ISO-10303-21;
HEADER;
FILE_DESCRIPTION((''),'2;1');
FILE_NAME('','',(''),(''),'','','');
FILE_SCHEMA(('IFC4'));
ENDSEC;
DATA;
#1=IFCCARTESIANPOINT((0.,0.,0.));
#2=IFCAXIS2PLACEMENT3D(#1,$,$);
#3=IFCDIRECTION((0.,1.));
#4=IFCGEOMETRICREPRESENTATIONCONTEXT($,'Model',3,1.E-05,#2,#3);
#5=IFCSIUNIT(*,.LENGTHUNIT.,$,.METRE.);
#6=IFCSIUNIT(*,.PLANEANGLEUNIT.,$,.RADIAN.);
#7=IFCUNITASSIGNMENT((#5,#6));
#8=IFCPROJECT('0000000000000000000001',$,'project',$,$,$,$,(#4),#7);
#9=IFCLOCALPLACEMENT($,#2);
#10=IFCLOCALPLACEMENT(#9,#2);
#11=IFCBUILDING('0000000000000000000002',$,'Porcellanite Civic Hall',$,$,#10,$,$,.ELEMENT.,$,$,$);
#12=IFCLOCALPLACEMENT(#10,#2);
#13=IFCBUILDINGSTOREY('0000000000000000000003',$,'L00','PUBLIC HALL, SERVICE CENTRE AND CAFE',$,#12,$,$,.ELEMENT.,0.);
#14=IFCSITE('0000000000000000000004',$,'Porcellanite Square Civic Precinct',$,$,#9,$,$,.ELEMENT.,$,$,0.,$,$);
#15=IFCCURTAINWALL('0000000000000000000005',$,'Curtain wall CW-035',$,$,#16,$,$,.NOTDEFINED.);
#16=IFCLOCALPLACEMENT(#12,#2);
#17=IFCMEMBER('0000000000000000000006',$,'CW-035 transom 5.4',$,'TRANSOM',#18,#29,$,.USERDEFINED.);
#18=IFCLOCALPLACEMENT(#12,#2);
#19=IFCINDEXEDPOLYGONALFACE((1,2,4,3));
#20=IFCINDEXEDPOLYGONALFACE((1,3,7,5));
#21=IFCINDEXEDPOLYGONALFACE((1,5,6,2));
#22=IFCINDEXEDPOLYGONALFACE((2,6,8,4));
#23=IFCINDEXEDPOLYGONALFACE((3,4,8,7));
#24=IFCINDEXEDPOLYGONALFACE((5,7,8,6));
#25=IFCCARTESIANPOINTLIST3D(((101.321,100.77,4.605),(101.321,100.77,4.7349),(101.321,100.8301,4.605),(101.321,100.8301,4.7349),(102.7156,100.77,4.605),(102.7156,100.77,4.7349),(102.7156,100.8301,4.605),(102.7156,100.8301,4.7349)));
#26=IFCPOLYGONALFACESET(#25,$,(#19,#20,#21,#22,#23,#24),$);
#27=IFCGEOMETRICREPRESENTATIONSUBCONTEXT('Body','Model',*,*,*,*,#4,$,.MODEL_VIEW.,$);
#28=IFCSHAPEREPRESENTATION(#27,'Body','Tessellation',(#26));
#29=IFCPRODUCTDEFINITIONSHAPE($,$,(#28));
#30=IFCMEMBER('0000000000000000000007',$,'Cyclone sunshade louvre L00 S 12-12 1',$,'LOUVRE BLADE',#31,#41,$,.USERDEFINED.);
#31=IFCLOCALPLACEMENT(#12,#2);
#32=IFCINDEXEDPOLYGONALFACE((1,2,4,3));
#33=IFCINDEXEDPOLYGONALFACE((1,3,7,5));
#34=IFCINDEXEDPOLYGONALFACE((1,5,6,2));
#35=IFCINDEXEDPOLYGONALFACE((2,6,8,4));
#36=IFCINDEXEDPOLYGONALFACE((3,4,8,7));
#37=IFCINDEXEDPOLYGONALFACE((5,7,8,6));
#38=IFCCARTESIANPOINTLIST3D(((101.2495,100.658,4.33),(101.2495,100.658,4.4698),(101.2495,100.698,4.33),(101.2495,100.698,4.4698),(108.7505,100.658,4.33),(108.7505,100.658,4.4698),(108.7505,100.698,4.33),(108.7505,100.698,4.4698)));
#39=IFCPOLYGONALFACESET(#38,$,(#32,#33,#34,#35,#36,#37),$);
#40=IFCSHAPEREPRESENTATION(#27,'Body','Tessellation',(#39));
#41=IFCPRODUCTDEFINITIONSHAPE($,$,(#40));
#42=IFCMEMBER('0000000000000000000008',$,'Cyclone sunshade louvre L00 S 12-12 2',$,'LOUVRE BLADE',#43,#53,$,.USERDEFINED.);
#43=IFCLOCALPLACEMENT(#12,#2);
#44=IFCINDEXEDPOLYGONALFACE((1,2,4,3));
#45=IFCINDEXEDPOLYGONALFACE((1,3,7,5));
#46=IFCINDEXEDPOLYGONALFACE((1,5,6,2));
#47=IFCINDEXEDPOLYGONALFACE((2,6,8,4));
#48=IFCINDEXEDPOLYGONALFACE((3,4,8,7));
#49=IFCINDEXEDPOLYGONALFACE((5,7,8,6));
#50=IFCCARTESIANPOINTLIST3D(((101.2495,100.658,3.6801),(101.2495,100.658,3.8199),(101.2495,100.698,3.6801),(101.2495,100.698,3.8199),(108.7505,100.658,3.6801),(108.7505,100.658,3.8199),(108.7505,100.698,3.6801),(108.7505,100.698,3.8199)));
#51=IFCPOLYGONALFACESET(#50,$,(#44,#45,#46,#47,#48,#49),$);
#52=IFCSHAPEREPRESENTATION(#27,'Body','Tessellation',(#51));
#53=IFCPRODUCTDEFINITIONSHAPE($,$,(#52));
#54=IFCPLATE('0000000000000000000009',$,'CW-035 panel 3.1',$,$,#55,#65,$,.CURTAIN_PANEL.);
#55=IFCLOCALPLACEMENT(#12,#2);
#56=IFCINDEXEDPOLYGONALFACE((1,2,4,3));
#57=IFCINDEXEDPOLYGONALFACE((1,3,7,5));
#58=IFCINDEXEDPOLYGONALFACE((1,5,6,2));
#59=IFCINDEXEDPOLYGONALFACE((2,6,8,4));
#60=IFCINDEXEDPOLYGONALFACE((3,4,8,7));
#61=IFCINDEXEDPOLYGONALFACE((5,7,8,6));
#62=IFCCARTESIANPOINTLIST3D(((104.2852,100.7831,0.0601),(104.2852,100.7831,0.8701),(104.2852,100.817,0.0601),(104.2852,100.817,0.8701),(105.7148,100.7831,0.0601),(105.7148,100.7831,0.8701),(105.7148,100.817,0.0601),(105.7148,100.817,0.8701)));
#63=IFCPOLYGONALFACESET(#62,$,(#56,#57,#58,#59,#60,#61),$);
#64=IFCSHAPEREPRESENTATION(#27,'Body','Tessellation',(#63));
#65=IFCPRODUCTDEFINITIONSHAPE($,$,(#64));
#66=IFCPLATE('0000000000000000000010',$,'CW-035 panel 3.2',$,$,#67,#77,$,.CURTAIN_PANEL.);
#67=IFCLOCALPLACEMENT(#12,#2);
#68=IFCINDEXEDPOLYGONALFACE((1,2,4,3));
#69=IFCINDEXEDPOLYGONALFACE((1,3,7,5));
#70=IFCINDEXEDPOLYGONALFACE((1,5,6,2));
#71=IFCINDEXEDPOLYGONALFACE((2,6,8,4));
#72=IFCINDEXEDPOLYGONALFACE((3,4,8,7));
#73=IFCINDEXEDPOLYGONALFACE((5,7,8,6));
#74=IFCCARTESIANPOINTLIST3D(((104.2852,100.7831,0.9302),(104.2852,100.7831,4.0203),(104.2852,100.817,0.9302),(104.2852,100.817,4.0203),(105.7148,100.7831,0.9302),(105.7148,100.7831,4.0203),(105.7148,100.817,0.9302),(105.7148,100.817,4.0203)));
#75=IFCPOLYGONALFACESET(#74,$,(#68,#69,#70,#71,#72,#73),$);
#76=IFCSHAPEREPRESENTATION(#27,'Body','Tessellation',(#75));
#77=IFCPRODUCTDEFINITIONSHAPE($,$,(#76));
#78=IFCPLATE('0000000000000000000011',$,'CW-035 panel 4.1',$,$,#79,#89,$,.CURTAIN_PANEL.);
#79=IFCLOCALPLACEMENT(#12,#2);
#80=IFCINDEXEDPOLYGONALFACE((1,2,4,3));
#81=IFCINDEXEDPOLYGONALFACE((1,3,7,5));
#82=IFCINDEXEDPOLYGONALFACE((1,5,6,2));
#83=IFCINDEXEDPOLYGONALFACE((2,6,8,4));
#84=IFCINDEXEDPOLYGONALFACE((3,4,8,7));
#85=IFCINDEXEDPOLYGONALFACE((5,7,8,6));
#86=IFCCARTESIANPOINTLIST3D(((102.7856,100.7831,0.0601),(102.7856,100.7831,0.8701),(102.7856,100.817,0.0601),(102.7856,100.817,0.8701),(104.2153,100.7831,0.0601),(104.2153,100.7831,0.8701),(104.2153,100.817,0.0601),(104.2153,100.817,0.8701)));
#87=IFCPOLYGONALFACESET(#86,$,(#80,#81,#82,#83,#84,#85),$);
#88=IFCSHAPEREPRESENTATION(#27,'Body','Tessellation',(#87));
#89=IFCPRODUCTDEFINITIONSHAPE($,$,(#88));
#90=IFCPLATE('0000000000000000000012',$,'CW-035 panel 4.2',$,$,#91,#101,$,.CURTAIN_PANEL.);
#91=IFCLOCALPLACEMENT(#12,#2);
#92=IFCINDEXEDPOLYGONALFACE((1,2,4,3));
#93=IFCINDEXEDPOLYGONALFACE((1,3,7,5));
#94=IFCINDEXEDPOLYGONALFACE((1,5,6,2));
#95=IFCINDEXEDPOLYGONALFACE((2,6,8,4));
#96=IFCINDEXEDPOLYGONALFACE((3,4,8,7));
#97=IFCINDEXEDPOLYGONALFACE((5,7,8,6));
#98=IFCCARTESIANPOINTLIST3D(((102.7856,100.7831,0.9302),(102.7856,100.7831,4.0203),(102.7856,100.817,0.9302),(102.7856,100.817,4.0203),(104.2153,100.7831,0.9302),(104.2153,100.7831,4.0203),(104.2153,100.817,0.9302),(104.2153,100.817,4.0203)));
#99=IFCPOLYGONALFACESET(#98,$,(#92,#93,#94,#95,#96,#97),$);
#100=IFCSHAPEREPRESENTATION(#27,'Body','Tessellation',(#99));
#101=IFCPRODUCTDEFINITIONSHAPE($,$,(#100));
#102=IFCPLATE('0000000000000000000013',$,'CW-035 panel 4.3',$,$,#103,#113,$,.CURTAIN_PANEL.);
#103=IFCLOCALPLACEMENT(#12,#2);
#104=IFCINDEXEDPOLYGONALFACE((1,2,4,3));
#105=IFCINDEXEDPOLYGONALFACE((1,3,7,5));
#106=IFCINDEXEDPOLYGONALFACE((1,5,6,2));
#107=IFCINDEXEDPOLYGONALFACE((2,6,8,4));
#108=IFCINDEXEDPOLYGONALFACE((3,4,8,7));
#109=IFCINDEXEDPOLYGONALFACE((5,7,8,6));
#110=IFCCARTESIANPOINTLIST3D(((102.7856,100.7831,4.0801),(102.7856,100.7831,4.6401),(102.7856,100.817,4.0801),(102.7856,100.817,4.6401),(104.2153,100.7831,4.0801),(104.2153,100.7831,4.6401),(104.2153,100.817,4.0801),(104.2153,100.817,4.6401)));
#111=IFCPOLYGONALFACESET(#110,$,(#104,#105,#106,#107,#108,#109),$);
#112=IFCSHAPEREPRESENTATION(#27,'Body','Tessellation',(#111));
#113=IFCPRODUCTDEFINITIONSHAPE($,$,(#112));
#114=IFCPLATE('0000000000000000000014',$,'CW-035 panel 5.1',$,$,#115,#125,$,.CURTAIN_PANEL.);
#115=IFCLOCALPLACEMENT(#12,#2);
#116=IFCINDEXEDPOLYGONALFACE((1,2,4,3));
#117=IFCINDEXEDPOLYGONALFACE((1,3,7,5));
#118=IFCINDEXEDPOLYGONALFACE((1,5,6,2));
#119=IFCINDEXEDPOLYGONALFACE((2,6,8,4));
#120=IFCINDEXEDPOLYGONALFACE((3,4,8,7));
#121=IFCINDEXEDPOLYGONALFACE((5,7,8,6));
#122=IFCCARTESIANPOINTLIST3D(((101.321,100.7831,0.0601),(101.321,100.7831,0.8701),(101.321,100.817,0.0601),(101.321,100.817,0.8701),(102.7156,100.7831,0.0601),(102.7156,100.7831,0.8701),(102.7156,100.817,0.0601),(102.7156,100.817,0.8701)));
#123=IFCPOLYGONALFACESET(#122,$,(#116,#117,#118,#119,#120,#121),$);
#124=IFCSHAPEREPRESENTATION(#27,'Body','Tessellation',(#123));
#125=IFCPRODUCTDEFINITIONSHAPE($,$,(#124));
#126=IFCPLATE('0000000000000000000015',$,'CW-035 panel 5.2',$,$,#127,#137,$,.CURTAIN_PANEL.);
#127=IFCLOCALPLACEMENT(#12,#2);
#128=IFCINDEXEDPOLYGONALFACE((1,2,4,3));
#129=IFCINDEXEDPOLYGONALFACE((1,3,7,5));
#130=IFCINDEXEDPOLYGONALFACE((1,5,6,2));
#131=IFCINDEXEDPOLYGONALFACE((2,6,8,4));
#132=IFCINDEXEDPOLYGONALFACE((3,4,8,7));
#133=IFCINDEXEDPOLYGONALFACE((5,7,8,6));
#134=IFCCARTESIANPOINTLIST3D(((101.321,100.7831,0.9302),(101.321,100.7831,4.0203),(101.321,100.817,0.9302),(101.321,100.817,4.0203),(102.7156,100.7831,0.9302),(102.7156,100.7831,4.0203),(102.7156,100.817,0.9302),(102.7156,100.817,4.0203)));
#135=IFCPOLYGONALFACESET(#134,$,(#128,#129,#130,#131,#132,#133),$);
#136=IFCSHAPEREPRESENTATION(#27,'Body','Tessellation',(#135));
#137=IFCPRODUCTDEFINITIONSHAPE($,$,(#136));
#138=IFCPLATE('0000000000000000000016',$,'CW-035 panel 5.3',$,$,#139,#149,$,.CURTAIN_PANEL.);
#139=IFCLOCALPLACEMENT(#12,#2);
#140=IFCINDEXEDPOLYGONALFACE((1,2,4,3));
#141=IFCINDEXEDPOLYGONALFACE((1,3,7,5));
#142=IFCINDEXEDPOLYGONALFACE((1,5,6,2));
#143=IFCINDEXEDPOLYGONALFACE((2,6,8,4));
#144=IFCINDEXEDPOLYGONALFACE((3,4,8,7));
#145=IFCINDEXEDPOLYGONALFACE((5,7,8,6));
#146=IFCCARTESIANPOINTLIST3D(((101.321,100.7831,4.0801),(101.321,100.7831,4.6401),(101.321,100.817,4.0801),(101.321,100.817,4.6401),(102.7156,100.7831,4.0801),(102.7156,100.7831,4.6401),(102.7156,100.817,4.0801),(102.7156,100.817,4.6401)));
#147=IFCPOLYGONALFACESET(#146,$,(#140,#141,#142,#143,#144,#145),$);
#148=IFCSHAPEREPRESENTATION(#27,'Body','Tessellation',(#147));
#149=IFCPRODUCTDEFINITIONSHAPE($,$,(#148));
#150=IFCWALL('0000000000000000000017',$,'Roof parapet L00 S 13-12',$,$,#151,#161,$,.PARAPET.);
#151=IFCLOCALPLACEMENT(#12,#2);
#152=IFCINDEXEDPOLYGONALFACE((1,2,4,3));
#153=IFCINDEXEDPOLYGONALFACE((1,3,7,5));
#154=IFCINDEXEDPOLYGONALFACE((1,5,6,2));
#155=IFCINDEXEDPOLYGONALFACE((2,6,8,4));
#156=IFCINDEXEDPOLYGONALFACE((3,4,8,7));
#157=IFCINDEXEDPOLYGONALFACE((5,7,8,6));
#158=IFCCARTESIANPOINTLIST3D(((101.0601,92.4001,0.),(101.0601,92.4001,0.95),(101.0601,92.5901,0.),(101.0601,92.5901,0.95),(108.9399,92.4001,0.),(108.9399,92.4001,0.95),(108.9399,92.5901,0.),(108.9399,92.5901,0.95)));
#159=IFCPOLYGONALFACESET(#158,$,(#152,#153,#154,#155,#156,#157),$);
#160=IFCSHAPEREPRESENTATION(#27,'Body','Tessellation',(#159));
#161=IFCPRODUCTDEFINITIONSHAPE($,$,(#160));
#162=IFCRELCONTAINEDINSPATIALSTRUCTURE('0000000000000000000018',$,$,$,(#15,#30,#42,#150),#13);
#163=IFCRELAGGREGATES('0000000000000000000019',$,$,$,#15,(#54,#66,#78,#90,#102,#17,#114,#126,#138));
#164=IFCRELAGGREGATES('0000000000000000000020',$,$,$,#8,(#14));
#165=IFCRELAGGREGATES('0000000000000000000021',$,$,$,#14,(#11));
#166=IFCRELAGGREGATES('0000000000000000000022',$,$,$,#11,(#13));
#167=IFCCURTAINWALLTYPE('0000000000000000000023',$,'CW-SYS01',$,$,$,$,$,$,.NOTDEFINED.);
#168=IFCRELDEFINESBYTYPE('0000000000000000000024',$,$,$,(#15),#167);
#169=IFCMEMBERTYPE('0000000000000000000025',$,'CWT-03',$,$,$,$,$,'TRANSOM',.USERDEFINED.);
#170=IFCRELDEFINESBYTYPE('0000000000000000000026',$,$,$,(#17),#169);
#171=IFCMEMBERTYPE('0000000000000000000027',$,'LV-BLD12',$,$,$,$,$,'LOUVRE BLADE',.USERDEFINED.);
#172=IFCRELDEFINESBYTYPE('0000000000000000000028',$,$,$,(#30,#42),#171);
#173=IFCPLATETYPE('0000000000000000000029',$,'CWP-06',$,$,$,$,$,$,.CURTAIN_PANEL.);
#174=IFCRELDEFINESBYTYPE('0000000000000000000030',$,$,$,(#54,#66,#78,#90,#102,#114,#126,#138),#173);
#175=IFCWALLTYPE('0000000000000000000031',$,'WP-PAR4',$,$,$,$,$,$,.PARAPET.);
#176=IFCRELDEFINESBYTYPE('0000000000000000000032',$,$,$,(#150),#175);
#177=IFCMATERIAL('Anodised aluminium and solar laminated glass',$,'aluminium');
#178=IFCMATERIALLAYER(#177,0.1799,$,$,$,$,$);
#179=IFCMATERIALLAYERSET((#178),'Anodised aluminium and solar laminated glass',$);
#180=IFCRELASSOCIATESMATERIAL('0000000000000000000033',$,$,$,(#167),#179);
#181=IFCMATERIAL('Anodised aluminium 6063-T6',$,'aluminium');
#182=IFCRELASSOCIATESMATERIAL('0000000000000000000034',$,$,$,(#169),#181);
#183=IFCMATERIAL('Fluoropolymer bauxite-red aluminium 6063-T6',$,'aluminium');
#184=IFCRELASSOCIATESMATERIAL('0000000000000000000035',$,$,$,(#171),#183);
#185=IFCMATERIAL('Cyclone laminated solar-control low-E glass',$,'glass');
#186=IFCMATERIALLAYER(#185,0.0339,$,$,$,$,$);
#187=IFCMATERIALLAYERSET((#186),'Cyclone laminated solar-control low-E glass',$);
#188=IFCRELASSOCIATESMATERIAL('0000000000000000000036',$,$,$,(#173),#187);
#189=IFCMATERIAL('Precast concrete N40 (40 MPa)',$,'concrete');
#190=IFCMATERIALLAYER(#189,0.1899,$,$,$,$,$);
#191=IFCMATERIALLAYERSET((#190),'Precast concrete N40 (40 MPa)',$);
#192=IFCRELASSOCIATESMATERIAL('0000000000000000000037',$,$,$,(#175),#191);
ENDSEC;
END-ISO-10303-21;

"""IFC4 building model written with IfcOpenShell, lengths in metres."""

from ifc_helpers import new_model, si_unit, direction, frame, frame_2d, origin, origin_2d, place, context, subcontext, project, spatial, rectangle, extrude, material, layer, layer_set, material_profile, profile_set, type_object, element, aggregate, save


model = new_model("IFC4")

# Units and contexts
model_context = context("Model", 3, precision=1e-05, world=origin(), true_north=direction((0.0, 1.0)))
body_context = subcontext(model_context, "Body", "Model", "MODEL_VIEW")
ifc_project = project(units=[si_unit("LENGTHUNIT", "METRE"), si_unit("PLANEANGLEUNIT", "RADIAN")], contexts=[model_context])

# Site, building, storey
site_placement = place(None, origin())
site = spatial("IfcSite", under=ifc_project, at=site_placement, Name="Porcellanite Square Civic Precinct", CompositionType="ELEMENT", RefElevation=0.0)
building_placement = place(site_placement, origin())
building = spatial("IfcBuilding", under=site, at=building_placement, Name="Porcellanite Civic Hall", CompositionType="ELEMENT")
storey_placement = place(building_placement, origin())
storey = spatial("IfcBuildingStorey", under=building, at=storey_placement, Name="L00", Description="PUBLIC HALL, SERVICE CENTRE AND CAFE", CompositionType="ELEMENT", Elevation=0.0)

# Curtain wall, member
ifc_material_1 = material(Name="Anodised aluminium and solar laminated glass", Category="aluminium")
ifc_layer_1 = layer(ifc_material_1, 0.1799)
ifc_layer_set_1 = layer_set([ifc_layer_1], Name="Anodised aluminium and solar laminated glass")
curtain_wall_type = type_object("IfcCurtainWallType", Name="CW-SYS01", PredefinedType="NOTDEFINED", material=ifc_layer_set_1)
curtain_wall_placement = place(storey_placement, origin())
curtain_wall = element("IfcCurtainWall", 1, at=curtain_wall_placement, inside=storey, type_object=curtain_wall_type, Name="Curtain wall CW-035", PredefinedType="NOTDEFINED")
ifc_material_2 = material(Name="Anodised aluminium 6063-T6", Category="aluminium")
ifc_material_profile_1 = material_profile(ifc_material_2, rectangle(XDim=0.0601, YDim=0.1299, at=origin_2d()), Name="AL-60x130")
ifc_profile_set_1 = profile_set([ifc_material_profile_1], Name="Anodised aluminium 6063-T6")
member_type_1 = type_object("IfcMemberType", Name="CWT-03", ElementType="TRANSOM", PredefinedType="USERDEFINED", material=ifc_profile_set_1)
member_1_placement = place(storey_placement, frame((102.7156, 100.8, 4.6699), z_axis=(-1.0, 0.0, 0.0), x_axis=(0.0, -1.0, 0.0)))
member_1 = element("IfcMember", 2, at=member_1_placement, type_object=member_type_1, Name="CW-035 transom 5.4", ObjectType="TRANSOM", PredefinedType="USERDEFINED", context=body_context, shape_type="SweptSolid", body=[
    extrude(rectangle(XDim=0.0601, YDim=0.1299, at=origin_2d()), origin(), (0.0, 0.0, 1.0), 1.3945),
])

# Members
ifc_material_3 = material(Name="Fluoropolymer bauxite-red aluminium 6063-T6", Category="aluminium")
ifc_material_profile_2 = material_profile(ifc_material_3, rectangle(XDim=0.04, YDim=0.1399, at=origin_2d()), Name="AL-40x140")
ifc_profile_set_2 = profile_set([ifc_material_profile_2], Name="Fluoropolymer bauxite-red aluminium 6063-T6")
member_type_2 = type_object("IfcMemberType", Name="LV-BLD12", ElementType="LOUVRE BLADE", PredefinedType="USERDEFINED", material=ifc_profile_set_2)
for number, where, z_axis, x_axis, name in (
    (3, (108.7505, 100.678, 4.3999), (-1.0, 0.0, 0.0), (0.0, -1.0, 0.0), "Cyclone sunshade louvre L00 S 12-12 1"),
    (4, (108.7505, 100.678, 3.75), (-1.0, 0.0, 0.0), (0.0, -1.0, 0.0), "Cyclone sunshade louvre L00 S 12-12 2"),
):
    element("IfcMember", number, at=place(storey_placement, frame(where, z_axis=z_axis, x_axis=x_axis)), inside=storey, type_object=member_type_2, Name=name, ObjectType="LOUVRE BLADE", PredefinedType="USERDEFINED", context=body_context, shape_type="SweptSolid", body=[
        extrude(rectangle(XDim=0.04, YDim=0.1399, at=origin_2d()), origin(), (0.0, 0.0, 1.0), 7.501),
    ])

# Plates
ifc_material_4 = material(Name="Cyclone laminated solar-control low-E glass", Category="glass")
ifc_layer_2 = layer(ifc_material_4, 0.0339)
ifc_layer_set_2 = layer_set([ifc_layer_2], Name="Cyclone laminated solar-control low-E glass")
plate_type = type_object("IfcPlateType", Name="CWP-06", PredefinedType="CURTAIN_PANEL", material=ifc_layer_set_2)
plate_1_placement = place(storey_placement, frame((105.0, 100.8, 0.0601), z_axis=(0.0, 0.0, 1.0), x_axis=(-1.0, 0.0, 0.0)))
plate_1 = element("IfcPlate", 5, at=plate_1_placement, type_object=plate_type, Name="CW-035 panel 3.1", PredefinedType="CURTAIN_PANEL", context=body_context, shape_type="SweptSolid", body=[
    extrude(rectangle(XDim=1.4297, YDim=0.0339, at=origin_2d()), origin(), (0.0, 0.0, 1.0), 0.8101),
])
plate_2_placement = place(storey_placement, frame((105.0, 100.8, 0.9302), z_axis=(0.0, 0.0, 1.0), x_axis=(-1.0, 0.0, 0.0)))
plate_2 = element("IfcPlate", 6, at=plate_2_placement, type_object=plate_type, Name="CW-035 panel 3.2", PredefinedType="CURTAIN_PANEL", context=body_context, shape_type="SweptSolid", body=[
    extrude(rectangle(XDim=1.4297, YDim=0.0339, at=origin_2d()), origin(), (0.0, 0.0, 1.0), 3.0901),
])
plate_3_placement = place(storey_placement, frame((103.5005, 100.8, 0.0601), z_axis=(0.0, 0.0, 1.0), x_axis=(-1.0, 0.0, 0.0)))
plate_3 = element("IfcPlate", 7, at=plate_3_placement, type_object=plate_type, Name="CW-035 panel 4.1", PredefinedType="CURTAIN_PANEL", context=body_context, shape_type="SweptSolid", body=[
    extrude(rectangle(XDim=1.4297, YDim=0.0339, at=origin_2d()), origin(), (0.0, 0.0, 1.0), 0.8101),
])
plate_4_placement = place(storey_placement, frame((103.5005, 100.8, 0.9302), z_axis=(0.0, 0.0, 1.0), x_axis=(-1.0, 0.0, 0.0)))
plate_4 = element("IfcPlate", 8, at=plate_4_placement, type_object=plate_type, Name="CW-035 panel 4.2", PredefinedType="CURTAIN_PANEL", context=body_context, shape_type="SweptSolid", body=[
    extrude(rectangle(XDim=1.4297, YDim=0.0339, at=origin_2d()), origin(), (0.0, 0.0, 1.0), 3.0901),
])
plate_5_placement = place(storey_placement, frame((103.5005, 100.8, 4.0801), z_axis=(0.0, 0.0, 1.0), x_axis=(-1.0, 0.0, 0.0)))
plate_5 = element("IfcPlate", 9, at=plate_5_placement, type_object=plate_type, Name="CW-035 panel 4.3", PredefinedType="CURTAIN_PANEL", context=body_context, shape_type="SweptSolid", body=[
    extrude(rectangle(XDim=1.4297, YDim=0.0339, at=origin_2d()), origin(), (0.0, 0.0, 1.0), 0.5601),
])
plate_6_placement = place(storey_placement, frame((102.0183, 100.8, 0.0601), z_axis=(0.0, 0.0, 1.0), x_axis=(-1.0, 0.0, 0.0)))
plate_6 = element("IfcPlate", 10, at=plate_6_placement, type_object=plate_type, Name="CW-035 panel 5.1", PredefinedType="CURTAIN_PANEL", context=body_context, shape_type="SweptSolid", body=[
    extrude(rectangle(XDim=1.3945, YDim=0.0339, at=origin_2d()), origin(), (0.0, 0.0, 1.0), 0.8101),
])
plate_7_placement = place(storey_placement, frame((102.0183, 100.8, 0.9302), z_axis=(0.0, 0.0, 1.0), x_axis=(-1.0, 0.0, 0.0)))
plate_7 = element("IfcPlate", 11, at=plate_7_placement, type_object=plate_type, Name="CW-035 panel 5.2", PredefinedType="CURTAIN_PANEL", context=body_context, shape_type="SweptSolid", body=[
    extrude(rectangle(XDim=1.3945, YDim=0.0339, at=origin_2d()), origin(), (0.0, 0.0, 1.0), 3.0901),
])
plate_8_placement = place(storey_placement, frame((102.0183, 100.8, 4.0801), z_axis=(0.0, 0.0, 1.0), x_axis=(-1.0, 0.0, 0.0)))
plate_8 = element("IfcPlate", 12, at=plate_8_placement, type_object=plate_type, Name="CW-035 panel 5.3", PredefinedType="CURTAIN_PANEL", context=body_context, shape_type="SweptSolid", body=[
    extrude(rectangle(XDim=1.3945, YDim=0.0339, at=origin_2d()), origin(), (0.0, 0.0, 1.0), 0.5601),
])
aggregate(curtain_wall, [plate_1, plate_2, plate_3, plate_4, plate_5, member_1, plate_6, plate_7, plate_8])

# Wall
ifc_material_5 = material(Name="Precast concrete N40 (40 MPa)", Category="concrete")
ifc_layer_3 = layer(ifc_material_5, 0.1899)
ifc_layer_set_3 = layer_set([ifc_layer_3], Name="Precast concrete N40 (40 MPa)")
wall_type = type_object("IfcWallType", Name="WP-PAR4", PredefinedType="PARAPET", material=ifc_layer_set_3)
wall_placement = place(storey_placement, frame((108.9399, 92.4951, 0.0), z_axis=(0.0, 0.0, 1.0), x_axis=(-1.0, 0.0, 0.0)))
element("IfcWall", 13, at=wall_placement, inside=storey, type_object=wall_type, Name="Roof parapet L00 S 13-12", PredefinedType="PARAPET", context=body_context, shape_type="SweptSolid", body=[
    extrude(rectangle(XDim=7.8799, YDim=0.1899, at=frame_2d((3.9399, 0.0))), origin(), (0.0, 0.0, 1.0), 0.95),
])

save(model, "model.ifc")
